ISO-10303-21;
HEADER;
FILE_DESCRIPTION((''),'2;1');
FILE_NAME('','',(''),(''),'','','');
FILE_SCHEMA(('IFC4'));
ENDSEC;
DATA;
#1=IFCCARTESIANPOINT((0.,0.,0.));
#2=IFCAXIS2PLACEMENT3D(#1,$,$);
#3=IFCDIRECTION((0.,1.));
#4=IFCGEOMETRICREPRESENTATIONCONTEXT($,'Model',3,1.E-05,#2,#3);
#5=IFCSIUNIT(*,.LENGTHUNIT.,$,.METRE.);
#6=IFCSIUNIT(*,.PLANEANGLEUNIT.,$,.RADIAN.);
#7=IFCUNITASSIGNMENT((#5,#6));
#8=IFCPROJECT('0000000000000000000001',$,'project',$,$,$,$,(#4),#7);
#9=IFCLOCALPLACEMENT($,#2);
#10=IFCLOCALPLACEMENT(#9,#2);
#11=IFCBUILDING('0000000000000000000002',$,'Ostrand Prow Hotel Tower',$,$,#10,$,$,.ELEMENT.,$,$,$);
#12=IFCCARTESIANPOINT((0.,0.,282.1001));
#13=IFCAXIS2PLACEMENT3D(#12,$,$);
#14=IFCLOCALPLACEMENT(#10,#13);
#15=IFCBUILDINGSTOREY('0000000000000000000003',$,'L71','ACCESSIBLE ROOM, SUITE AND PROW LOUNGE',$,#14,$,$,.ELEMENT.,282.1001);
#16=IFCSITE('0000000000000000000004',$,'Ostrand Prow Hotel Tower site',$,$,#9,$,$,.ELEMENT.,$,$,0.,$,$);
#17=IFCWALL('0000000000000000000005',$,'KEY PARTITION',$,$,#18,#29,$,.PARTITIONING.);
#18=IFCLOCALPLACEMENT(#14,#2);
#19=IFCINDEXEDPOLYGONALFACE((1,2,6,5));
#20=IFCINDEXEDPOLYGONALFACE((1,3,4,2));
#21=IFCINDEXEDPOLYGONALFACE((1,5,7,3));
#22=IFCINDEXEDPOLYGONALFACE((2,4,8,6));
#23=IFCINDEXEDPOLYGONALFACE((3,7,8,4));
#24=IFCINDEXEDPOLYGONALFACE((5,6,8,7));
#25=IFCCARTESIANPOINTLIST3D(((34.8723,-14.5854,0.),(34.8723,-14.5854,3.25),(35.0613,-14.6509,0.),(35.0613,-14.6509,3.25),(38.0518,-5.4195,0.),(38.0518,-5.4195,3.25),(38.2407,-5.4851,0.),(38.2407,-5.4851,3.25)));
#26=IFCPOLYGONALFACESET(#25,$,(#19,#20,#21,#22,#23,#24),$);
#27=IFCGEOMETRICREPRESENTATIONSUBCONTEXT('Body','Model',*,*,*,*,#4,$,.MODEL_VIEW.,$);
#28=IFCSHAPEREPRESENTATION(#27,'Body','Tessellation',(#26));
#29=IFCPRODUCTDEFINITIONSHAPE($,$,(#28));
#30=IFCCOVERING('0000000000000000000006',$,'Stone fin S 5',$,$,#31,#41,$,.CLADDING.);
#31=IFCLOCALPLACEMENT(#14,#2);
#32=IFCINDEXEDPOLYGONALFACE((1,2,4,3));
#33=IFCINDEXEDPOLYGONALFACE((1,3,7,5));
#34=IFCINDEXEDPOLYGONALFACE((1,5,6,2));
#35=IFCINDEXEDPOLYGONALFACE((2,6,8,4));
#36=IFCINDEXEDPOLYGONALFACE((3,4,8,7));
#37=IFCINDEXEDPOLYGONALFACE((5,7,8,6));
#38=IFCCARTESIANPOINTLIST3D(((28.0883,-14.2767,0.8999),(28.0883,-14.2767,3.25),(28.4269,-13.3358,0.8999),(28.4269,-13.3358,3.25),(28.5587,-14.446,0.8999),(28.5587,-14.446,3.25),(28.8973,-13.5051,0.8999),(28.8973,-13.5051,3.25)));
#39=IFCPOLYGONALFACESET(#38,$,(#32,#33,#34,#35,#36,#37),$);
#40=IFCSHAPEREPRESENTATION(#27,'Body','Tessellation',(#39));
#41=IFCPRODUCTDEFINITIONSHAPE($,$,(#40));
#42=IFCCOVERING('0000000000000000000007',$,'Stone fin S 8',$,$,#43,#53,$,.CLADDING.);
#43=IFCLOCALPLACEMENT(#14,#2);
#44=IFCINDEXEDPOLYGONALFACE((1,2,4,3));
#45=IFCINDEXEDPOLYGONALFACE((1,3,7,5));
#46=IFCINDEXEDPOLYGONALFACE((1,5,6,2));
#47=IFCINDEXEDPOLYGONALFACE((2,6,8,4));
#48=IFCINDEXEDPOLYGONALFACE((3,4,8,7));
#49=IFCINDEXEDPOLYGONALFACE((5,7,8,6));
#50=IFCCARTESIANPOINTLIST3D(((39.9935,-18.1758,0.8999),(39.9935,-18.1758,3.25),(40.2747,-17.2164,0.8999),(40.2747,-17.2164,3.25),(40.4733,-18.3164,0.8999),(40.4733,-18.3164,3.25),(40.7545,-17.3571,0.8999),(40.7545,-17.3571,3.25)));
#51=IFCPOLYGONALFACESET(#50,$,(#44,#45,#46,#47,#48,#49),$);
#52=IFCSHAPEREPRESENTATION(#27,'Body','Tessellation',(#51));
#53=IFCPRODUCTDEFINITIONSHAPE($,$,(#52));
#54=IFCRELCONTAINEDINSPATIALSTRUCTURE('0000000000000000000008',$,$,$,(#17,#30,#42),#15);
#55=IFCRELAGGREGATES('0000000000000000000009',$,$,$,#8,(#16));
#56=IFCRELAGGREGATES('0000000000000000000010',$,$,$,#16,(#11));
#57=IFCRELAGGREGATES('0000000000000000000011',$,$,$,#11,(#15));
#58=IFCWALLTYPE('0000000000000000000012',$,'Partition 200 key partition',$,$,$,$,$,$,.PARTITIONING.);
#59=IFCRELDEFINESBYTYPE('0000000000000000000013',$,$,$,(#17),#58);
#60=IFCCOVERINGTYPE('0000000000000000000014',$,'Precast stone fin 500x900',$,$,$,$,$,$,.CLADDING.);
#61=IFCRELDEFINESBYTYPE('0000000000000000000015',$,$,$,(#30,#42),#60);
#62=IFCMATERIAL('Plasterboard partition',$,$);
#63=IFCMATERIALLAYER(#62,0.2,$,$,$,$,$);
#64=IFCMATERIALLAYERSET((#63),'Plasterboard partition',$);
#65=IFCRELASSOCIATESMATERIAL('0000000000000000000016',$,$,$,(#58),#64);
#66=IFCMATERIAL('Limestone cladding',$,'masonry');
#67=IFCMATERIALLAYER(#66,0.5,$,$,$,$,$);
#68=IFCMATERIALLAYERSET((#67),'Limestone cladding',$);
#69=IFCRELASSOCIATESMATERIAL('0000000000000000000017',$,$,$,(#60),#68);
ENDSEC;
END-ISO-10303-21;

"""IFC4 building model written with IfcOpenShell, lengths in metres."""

from ifc_helpers import new_model, si_unit, direction, frame, frame_2d, origin, place, context, subcontext, project, spatial, rectangle, extrude, material, layer, layer_set, type_object, element, save


model = new_model("IFC4")

# Units and contexts
model_context = context("Model", 3, precision=1e-05, world=origin(), true_north=direction((0.0, 1.0)))
body_context = subcontext(model_context, "Body", "Model", "MODEL_VIEW")
ifc_project = project(units=[si_unit("LENGTHUNIT", "METRE"), si_unit("PLANEANGLEUNIT", "RADIAN")], contexts=[model_context])

# Site, building, storey
site_placement = place(None, origin())
site = spatial("IfcSite", under=ifc_project, at=site_placement, Name="Ostrand Prow Hotel Tower site", CompositionType="ELEMENT", RefElevation=0.0)
building_placement = place(site_placement, origin())
building = spatial("IfcBuilding", under=site, at=building_placement, Name="Ostrand Prow Hotel Tower", CompositionType="ELEMENT")
storey_placement = place(building_placement, frame((0.0, 0.0, 282.1001)))
storey = spatial("IfcBuildingStorey", under=building, at=storey_placement, Name="L71", Description="ACCESSIBLE ROOM, SUITE AND PROW LOUNGE", CompositionType="ELEMENT", Elevation=282.1001)

# Wall
ifc_material_1 = material(Name="Plasterboard partition")
ifc_layer_1 = layer(ifc_material_1, 0.2)
ifc_layer_set_1 = layer_set([ifc_layer_1], Name="Plasterboard partition")
wall_type = type_object("IfcWallType", Name="Partition 200 key partition", PredefinedType="PARTITIONING", material=ifc_layer_set_1)
wall_placement = place(storey_placement, frame((34.9668, -14.6182, 0.0), z_axis=(0.0, 0.0, 1.0), x_axis=(0.327725, 0.944773, 0.0)))
element("IfcWall", 1, at=wall_placement, inside=storey, type_object=wall_type, Name="KEY PARTITION", PredefinedType="PARTITIONING", context=body_context, shape_type="SweptSolid", body=[
    extrude(rectangle(XDim=9.7017, YDim=0.2, at=frame_2d((4.8508, 0.0))), origin(), (0.0, 0.0, 1.0), 3.25),
])

# Coverings
ifc_material_2 = material(Name="Limestone cladding", Category="masonry")
ifc_layer_2 = layer(ifc_material_2, 0.5)
ifc_layer_set_2 = layer_set([ifc_layer_2], Name="Limestone cladding")
covering_type = type_object("IfcCoveringType", Name="Precast stone fin 500x900", PredefinedType="CLADDING", material=ifc_layer_set_2)
covering_1_placement = place(storey_placement, frame((28.6621, -13.4204, 0.8999), z_axis=(0.0, 0.0, 1.0), x_axis=(-0.338624, -0.940922, 0.0)))
element("IfcCovering", 2, at=covering_1_placement, inside=storey, type_object=covering_type, Name="Stone fin S 5", PredefinedType="CLADDING", context=body_context, shape_type="SweptSolid", body=[
    extrude(rectangle(XDim=1.0, YDim=0.5, at=frame_2d((0.5, 0.0))), origin(), (0.0, 0.0, 1.0), 2.3501),
])
covering_2_placement = place(storey_placement, frame((40.5146, -17.2866, 0.8999), z_axis=(0.0, 0.0, 1.0), x_axis=(-0.281294, -0.959622, 0.0)))
element("IfcCovering", 3, at=covering_2_placement, inside=storey, type_object=covering_type, Name="Stone fin S 8", PredefinedType="CLADDING", context=body_context, shape_type="SweptSolid", body=[
    extrude(rectangle(XDim=0.9998, YDim=0.5, at=frame_2d((0.5, 0.0))), origin(), (0.0, 0.0, 1.0), 2.3501),
])

save(model, "model.ifc")
